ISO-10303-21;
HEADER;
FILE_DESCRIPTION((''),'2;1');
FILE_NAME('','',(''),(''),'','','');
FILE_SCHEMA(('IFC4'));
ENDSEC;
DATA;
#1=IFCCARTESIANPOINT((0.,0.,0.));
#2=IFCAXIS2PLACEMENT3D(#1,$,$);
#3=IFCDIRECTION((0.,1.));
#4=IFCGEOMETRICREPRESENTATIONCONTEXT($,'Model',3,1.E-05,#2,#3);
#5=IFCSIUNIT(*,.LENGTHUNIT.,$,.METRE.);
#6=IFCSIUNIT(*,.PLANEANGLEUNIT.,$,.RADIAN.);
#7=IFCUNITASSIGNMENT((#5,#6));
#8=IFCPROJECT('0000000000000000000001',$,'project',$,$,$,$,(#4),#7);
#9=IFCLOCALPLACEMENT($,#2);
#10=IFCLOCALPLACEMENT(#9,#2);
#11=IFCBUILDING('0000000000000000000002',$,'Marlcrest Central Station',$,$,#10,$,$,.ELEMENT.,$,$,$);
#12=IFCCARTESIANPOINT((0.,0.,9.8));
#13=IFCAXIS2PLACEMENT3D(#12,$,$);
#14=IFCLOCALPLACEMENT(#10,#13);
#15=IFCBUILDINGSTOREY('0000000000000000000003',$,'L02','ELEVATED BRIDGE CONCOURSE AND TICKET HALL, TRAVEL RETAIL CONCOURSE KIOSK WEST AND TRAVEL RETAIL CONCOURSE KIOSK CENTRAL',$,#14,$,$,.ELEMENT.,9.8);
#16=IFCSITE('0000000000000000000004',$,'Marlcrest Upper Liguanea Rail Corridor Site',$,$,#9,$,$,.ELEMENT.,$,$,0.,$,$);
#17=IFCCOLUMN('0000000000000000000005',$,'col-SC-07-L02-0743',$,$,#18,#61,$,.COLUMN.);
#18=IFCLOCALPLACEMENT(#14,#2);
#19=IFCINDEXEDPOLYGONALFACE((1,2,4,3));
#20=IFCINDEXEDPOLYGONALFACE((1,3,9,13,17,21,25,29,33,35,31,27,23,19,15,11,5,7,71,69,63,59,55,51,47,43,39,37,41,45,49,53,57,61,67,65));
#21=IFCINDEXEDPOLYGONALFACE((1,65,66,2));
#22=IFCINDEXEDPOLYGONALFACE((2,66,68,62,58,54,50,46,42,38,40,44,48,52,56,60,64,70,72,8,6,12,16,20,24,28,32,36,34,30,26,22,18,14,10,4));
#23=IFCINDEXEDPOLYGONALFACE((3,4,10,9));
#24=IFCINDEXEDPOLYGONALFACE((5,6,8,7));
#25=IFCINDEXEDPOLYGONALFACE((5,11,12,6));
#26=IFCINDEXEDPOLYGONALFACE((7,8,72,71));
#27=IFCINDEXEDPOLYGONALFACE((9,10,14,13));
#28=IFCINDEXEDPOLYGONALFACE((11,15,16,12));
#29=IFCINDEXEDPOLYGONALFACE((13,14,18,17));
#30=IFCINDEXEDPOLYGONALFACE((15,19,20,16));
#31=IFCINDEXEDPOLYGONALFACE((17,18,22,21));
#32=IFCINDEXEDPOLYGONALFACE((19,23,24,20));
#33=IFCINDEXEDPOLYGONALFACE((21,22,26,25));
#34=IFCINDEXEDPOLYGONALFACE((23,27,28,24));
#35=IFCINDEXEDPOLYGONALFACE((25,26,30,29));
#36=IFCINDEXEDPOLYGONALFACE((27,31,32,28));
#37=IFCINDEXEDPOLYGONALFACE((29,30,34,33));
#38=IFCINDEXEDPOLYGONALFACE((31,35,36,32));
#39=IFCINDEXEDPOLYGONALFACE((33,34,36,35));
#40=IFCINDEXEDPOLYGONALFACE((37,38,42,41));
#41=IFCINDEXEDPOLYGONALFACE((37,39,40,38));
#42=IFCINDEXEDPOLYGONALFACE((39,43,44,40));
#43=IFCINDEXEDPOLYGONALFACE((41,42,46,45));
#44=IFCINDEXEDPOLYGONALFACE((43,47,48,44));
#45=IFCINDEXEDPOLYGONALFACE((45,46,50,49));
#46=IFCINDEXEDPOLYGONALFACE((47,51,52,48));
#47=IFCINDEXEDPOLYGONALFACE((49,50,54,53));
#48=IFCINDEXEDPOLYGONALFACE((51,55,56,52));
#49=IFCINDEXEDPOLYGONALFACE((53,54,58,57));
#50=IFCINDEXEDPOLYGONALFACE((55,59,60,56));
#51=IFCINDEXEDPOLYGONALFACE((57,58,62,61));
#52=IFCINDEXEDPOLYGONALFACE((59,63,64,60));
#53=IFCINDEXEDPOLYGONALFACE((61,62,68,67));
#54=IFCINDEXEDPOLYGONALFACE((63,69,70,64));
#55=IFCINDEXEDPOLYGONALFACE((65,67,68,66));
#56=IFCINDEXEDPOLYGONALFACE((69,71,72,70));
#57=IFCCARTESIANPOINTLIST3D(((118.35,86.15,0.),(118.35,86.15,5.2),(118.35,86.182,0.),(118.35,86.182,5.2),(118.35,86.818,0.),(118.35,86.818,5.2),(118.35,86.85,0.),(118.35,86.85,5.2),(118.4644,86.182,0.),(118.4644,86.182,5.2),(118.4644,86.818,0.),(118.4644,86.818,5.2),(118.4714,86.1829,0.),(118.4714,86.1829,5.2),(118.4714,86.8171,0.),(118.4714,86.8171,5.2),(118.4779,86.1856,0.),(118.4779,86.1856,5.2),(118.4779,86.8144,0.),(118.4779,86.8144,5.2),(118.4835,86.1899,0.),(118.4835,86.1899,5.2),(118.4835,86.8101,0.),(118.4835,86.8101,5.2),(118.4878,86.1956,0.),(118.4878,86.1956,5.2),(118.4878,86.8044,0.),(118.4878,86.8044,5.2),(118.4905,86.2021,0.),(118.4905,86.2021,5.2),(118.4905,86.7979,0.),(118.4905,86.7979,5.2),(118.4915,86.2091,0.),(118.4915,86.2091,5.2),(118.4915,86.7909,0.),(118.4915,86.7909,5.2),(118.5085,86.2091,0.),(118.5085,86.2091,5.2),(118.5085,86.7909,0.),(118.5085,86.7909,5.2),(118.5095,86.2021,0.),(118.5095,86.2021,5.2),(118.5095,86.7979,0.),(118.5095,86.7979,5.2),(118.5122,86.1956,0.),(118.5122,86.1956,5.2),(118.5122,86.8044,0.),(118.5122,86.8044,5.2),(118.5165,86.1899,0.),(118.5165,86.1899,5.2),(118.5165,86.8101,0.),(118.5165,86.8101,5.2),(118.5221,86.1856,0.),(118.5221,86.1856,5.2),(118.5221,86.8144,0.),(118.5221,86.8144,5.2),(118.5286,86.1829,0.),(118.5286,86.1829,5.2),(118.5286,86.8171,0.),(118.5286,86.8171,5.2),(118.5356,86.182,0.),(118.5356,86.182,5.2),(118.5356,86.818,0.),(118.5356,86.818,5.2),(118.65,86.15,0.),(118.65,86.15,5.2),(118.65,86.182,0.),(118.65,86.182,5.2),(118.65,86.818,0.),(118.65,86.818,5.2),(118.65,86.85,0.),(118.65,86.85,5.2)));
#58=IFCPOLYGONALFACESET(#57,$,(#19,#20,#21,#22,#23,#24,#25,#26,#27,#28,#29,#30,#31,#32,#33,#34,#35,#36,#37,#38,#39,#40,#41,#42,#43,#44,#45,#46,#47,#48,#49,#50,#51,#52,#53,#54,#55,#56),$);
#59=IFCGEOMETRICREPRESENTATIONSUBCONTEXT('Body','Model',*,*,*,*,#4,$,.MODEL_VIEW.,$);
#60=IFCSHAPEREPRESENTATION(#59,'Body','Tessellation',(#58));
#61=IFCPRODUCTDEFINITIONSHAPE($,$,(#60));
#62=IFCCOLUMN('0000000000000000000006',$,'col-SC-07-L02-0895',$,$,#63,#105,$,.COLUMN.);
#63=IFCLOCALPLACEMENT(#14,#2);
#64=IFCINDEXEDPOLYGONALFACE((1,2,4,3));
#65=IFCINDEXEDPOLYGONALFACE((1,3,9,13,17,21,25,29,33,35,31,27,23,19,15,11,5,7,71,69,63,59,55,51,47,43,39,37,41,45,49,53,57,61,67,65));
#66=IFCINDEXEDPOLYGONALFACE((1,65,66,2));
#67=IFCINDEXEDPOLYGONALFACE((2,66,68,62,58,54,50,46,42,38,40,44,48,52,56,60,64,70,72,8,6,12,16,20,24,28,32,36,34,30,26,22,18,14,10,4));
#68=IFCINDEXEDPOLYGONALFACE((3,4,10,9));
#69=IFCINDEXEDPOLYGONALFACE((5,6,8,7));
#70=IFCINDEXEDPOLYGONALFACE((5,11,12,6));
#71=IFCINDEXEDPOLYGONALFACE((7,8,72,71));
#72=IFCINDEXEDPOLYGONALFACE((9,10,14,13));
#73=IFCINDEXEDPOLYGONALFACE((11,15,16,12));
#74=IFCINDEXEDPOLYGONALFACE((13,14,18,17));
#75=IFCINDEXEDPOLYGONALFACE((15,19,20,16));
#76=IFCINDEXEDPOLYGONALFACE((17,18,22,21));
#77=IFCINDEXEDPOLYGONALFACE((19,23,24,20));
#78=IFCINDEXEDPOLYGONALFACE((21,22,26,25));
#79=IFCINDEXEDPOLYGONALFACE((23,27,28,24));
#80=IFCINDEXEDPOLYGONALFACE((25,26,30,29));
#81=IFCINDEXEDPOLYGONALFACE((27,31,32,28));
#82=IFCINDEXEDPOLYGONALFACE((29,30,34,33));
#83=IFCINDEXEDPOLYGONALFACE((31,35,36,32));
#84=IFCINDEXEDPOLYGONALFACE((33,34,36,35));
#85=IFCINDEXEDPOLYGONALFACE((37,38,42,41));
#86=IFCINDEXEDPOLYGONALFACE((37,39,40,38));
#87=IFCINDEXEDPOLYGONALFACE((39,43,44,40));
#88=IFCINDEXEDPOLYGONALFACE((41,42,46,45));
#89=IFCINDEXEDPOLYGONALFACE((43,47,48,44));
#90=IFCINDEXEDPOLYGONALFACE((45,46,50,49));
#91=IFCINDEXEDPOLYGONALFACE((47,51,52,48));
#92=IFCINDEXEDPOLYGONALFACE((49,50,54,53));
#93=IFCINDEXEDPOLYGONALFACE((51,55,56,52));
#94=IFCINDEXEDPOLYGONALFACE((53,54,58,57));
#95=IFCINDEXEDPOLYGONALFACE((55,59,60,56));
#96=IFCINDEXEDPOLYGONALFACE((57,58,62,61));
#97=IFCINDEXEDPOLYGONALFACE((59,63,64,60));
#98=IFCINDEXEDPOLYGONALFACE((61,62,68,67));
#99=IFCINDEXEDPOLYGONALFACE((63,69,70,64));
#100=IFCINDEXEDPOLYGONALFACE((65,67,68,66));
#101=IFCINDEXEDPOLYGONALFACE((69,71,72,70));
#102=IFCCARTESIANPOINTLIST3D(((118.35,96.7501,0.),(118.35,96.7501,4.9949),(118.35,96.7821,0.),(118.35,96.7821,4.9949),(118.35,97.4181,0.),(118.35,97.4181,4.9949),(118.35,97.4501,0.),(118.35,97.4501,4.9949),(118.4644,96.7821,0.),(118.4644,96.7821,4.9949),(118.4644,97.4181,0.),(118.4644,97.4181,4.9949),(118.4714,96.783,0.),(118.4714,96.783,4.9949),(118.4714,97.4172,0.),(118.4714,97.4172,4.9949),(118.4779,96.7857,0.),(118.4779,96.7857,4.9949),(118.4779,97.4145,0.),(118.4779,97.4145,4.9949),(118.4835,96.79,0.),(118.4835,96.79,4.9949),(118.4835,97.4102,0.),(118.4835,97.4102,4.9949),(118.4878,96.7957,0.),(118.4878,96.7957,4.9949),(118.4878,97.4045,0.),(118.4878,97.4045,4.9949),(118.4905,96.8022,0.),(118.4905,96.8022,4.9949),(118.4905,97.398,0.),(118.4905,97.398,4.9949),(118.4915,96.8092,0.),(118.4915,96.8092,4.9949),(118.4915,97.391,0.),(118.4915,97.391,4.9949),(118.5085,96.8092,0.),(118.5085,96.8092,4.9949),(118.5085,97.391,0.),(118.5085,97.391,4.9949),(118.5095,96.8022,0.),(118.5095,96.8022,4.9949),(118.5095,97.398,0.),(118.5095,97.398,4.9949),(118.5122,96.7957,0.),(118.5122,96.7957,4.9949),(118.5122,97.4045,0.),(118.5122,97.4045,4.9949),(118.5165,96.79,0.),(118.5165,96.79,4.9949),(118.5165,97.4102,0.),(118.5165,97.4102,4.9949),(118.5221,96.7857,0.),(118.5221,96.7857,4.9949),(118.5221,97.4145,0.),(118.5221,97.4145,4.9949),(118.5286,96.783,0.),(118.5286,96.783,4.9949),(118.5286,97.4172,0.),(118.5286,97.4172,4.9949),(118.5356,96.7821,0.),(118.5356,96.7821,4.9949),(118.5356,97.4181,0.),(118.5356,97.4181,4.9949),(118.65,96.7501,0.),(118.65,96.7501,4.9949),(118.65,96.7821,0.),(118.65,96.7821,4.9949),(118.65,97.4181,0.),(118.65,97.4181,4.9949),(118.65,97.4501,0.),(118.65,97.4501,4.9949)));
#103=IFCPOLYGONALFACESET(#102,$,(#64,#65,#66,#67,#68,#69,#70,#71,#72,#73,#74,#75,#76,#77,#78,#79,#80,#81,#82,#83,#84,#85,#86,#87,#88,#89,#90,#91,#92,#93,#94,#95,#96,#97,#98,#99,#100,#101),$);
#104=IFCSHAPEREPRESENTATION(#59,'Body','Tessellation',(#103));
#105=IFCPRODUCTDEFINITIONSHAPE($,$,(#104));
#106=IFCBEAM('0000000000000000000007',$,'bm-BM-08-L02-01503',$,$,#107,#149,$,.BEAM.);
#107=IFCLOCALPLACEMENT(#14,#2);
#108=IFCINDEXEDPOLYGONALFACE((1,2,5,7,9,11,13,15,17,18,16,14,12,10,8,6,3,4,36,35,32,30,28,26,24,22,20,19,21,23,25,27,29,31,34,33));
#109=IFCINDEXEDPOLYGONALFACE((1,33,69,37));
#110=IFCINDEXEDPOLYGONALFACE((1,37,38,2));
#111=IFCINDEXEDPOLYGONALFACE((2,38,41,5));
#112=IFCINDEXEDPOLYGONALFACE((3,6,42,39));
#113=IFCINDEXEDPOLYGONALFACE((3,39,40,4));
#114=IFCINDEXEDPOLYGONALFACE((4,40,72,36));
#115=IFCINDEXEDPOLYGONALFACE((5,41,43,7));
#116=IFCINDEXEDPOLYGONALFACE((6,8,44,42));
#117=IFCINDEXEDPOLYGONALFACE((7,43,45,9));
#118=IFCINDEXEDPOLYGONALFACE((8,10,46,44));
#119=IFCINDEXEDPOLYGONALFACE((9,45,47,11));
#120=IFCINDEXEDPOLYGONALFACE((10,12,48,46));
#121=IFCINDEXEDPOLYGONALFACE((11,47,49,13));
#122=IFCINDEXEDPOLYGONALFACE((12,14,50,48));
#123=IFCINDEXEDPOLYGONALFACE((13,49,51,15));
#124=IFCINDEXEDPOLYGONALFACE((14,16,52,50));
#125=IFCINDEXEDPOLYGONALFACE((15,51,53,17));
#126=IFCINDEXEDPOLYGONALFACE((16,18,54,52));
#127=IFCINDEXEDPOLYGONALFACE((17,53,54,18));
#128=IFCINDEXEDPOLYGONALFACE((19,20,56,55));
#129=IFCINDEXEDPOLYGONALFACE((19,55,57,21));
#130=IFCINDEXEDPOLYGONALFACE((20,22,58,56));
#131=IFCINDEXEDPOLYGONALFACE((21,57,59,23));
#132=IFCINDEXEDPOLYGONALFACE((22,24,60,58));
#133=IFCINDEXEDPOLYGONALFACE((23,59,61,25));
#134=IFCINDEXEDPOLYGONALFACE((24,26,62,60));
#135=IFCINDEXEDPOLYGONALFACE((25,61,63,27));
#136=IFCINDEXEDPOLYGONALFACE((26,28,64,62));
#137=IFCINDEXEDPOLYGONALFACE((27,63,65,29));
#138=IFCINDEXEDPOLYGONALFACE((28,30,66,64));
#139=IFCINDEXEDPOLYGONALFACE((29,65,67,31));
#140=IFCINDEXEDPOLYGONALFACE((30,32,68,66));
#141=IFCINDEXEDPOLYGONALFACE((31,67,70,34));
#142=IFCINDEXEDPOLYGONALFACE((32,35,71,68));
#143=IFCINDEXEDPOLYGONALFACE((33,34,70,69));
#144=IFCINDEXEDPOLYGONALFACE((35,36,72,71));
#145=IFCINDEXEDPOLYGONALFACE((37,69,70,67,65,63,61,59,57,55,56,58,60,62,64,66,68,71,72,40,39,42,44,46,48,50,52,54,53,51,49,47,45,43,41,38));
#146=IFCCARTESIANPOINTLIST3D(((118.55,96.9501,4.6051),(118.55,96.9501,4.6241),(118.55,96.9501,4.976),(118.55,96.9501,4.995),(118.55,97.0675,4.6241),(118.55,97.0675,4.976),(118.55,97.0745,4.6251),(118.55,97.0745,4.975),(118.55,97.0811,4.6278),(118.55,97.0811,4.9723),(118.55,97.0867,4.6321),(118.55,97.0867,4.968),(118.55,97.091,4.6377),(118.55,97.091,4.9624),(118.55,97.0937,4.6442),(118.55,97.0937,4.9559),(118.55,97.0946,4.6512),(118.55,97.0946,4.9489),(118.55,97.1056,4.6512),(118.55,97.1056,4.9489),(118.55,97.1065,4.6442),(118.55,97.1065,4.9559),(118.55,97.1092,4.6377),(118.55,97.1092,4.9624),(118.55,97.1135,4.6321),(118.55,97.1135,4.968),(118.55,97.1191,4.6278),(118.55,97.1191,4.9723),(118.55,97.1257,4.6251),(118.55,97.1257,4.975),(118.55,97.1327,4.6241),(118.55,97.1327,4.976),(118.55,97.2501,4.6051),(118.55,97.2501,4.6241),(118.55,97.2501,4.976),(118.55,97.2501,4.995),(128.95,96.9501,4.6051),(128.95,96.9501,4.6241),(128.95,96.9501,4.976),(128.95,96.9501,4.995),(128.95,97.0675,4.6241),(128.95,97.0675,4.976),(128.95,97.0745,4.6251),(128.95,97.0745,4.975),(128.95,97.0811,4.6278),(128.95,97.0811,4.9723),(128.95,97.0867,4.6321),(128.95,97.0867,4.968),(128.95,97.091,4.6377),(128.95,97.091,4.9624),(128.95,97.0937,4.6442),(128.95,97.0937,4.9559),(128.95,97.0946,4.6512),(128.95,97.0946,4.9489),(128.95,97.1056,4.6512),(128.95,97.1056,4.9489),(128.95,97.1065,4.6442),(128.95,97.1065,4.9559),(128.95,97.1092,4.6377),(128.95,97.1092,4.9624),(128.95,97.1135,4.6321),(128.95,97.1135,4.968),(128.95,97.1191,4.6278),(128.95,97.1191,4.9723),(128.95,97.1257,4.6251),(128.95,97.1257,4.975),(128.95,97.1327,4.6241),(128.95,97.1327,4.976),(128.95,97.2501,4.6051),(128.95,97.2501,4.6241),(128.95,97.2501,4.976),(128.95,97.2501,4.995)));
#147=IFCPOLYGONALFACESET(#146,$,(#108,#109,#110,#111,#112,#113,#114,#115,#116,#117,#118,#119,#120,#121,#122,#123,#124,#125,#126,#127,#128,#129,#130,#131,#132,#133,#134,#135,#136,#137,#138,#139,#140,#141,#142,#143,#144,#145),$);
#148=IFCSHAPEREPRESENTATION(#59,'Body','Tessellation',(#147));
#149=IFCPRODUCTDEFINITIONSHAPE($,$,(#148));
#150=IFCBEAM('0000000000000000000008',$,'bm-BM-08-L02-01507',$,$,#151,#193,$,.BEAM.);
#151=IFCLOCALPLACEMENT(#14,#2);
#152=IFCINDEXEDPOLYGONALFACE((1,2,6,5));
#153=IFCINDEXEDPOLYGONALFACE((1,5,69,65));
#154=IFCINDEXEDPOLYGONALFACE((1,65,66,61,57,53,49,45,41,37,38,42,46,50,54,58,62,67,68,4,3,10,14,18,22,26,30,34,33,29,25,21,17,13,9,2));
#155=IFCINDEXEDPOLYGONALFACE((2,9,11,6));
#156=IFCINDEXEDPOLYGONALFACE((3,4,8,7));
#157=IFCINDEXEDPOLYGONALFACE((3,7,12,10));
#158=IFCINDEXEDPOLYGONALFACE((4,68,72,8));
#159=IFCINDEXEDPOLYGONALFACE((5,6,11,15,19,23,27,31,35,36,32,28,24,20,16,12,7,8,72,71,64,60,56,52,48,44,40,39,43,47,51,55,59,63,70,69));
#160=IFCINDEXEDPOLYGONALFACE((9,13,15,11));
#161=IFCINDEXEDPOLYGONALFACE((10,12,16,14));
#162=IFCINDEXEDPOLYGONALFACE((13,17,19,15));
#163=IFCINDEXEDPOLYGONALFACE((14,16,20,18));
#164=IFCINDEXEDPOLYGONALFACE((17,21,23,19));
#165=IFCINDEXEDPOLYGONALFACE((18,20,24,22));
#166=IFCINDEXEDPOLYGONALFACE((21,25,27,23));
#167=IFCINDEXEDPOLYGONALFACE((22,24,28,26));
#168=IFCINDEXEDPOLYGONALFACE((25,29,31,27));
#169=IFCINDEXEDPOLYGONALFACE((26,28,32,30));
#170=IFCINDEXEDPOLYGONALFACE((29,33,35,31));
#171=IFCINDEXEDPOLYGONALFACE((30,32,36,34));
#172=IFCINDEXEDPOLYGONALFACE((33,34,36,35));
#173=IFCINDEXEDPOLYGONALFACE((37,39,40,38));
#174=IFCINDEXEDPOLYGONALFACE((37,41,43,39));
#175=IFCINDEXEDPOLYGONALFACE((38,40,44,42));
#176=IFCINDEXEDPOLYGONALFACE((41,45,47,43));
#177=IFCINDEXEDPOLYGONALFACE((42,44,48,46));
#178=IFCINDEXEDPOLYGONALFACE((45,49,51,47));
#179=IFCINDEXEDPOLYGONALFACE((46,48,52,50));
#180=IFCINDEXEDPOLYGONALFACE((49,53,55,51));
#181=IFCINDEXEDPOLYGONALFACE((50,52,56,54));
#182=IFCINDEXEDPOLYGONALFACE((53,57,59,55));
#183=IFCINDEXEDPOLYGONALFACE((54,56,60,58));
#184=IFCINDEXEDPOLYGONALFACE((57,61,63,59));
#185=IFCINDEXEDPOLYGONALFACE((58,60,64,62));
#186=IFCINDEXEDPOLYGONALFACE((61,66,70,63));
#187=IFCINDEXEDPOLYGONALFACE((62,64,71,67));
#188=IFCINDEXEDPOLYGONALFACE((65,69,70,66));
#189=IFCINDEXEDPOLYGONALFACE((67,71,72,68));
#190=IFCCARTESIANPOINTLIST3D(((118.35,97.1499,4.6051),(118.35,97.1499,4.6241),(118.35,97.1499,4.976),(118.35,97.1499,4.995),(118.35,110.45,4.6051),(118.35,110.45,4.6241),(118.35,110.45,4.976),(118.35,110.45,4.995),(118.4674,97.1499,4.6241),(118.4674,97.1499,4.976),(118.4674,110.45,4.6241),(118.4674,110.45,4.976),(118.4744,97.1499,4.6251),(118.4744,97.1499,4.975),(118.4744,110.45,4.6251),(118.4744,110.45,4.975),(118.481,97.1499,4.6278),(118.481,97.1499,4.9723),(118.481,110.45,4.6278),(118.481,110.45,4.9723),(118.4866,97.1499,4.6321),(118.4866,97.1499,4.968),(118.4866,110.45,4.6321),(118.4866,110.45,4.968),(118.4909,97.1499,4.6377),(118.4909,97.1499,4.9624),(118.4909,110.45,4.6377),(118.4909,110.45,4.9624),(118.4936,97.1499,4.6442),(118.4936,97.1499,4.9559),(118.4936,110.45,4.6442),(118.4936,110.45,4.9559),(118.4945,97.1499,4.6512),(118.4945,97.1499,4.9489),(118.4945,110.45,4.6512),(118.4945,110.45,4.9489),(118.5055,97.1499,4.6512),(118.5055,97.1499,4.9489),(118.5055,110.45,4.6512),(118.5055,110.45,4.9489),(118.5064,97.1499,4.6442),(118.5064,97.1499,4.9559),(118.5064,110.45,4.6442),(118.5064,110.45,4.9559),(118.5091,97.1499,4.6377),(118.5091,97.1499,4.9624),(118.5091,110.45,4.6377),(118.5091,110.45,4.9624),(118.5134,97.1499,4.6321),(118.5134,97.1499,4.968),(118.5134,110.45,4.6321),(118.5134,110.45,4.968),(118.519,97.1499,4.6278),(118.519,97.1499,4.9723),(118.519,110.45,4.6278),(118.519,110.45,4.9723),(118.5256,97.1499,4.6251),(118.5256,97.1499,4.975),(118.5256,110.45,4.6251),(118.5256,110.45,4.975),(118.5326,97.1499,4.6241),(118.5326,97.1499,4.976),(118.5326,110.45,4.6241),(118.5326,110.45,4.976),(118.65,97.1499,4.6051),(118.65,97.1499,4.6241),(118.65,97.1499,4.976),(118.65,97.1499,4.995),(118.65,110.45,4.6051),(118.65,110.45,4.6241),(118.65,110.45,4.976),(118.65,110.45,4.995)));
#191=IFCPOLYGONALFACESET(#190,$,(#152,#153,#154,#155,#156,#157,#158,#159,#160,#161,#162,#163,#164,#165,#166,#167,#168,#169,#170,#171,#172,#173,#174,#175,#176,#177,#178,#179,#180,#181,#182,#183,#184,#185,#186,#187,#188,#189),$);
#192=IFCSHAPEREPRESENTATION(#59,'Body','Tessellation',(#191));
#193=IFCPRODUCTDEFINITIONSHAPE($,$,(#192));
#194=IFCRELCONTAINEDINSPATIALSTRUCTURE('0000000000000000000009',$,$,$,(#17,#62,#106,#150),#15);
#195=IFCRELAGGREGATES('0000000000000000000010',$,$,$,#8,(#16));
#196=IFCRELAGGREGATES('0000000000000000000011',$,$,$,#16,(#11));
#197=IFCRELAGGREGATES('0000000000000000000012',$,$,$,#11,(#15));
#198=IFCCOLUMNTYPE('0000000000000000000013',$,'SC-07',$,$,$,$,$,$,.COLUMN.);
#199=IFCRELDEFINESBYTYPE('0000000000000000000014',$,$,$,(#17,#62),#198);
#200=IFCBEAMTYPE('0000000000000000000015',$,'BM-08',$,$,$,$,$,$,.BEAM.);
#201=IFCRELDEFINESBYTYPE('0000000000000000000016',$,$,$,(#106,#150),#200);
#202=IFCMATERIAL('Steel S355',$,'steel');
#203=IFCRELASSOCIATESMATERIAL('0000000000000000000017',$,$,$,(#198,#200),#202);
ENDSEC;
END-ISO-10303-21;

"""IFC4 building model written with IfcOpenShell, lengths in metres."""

from ifc_helpers import new_model, si_unit, direction, frame, origin, origin_2d, place, context, subcontext, project, spatial, i_section, extrude, material, material_profile, profile_set, type_object, element, save


model = new_model("IFC4")

# Units and contexts
model_context = context("Model", 3, precision=1e-05, world=origin(), true_north=direction((0.0, 1.0)))
body_context = subcontext(model_context, "Body", "Model", "MODEL_VIEW")
ifc_project = project(units=[si_unit("LENGTHUNIT", "METRE"), si_unit("PLANEANGLEUNIT", "RADIAN")], contexts=[model_context])

# Site, building, storey
site_placement = place(None, origin())
site = spatial("IfcSite", under=ifc_project, at=site_placement, Name="Marlcrest Upper Liguanea Rail Corridor Site", CompositionType="ELEMENT", RefElevation=0.0)
building_placement = place(site_placement, origin())
building = spatial("IfcBuilding", under=site, at=building_placement, Name="Marlcrest Central Station", CompositionType="ELEMENT")
storey_placement = place(building_placement, frame((0.0, 0.0, 9.8)))
storey = spatial("IfcBuildingStorey", under=building, at=storey_placement, Name="L02", Description="ELEVATED BRIDGE CONCOURSE AND TICKET HALL, TRAVEL RETAIL CONCOURSE KIOSK WEST AND TRAVEL RETAIL CONCOURSE KIOSK CENTRAL", CompositionType="ELEMENT", Elevation=9.8)

# Columns
ifc_material_1 = material(Name="Steel S355", Category="steel")
ifc_material_profile_1 = material_profile(ifc_material_1, i_section(OverallWidth=0.3, OverallDepth=0.7, WebThickness=0.0171, FlangeThickness=0.032, FilletRadius=0.0271, at=origin_2d()), Name="HEB 700")
ifc_profile_set_1 = profile_set([ifc_material_profile_1], Name="Steel S355")
column_type = type_object("IfcColumnType", Name="SC-07", PredefinedType="COLUMN", material=ifc_profile_set_1)
column_1_placement = place(storey_placement, frame((118.5, 86.5, 0.0), z_axis=(0.0, 0.0, 1.0), x_axis=(1.0, 0.0, 0.0)))
element("IfcColumn", 1, at=column_1_placement, inside=storey, type_object=column_type, Name="col-SC-07-L02-0743", PredefinedType="COLUMN", context=body_context, shape_type="SweptSolid", body=[
    extrude(i_section(OverallWidth=0.3, OverallDepth=0.7, WebThickness=0.0171, FlangeThickness=0.032, FilletRadius=0.0271, at=origin_2d()), origin(), (0.0, 0.0, 1.0), 5.2),
])
column_2_placement = place(storey_placement, frame((118.5, 97.1001, 0.0), z_axis=(0.0, 0.0, 1.0), x_axis=(1.0, 0.0, 0.0)))
element("IfcColumn", 2, at=column_2_placement, inside=storey, type_object=column_type, Name="col-SC-07-L02-0895", PredefinedType="COLUMN", context=body_context, shape_type="SweptSolid", body=[
    extrude(i_section(OverallWidth=0.3, OverallDepth=0.7, WebThickness=0.0171, FlangeThickness=0.032, FilletRadius=0.0271, at=origin_2d()), origin(), (0.0, 0.0, 1.0), 4.9949),
])

# Beams
ifc_material_profile_2 = material_profile(ifc_material_1, i_section(OverallWidth=0.3, OverallDepth=0.3899, WebThickness=0.011, FlangeThickness=0.019, FilletRadius=0.0271, at=origin_2d()), Name="HEA 400")
ifc_profile_set_2 = profile_set([ifc_material_profile_2], Name="Steel S355")
beam_type_1 = type_object("IfcBeamType", Name="BM-08", PredefinedType="BEAM", material=ifc_profile_set_2)
beam_1_placement = place(storey_placement, frame((118.55, 97.1001, 4.8), z_axis=(1.0, 0.0, 0.0), x_axis=(0.0, 1.0, 0.0)))
element("IfcBeam", 3, at=beam_1_placement, inside=storey, type_object=beam_type_1, Name="bm-BM-08-L02-01503", PredefinedType="BEAM", context=body_context, shape_type="SweptSolid", body=[
    extrude(i_section(OverallWidth=0.3, OverallDepth=0.3899, WebThickness=0.011, FlangeThickness=0.019, FilletRadius=0.0271, at=origin_2d()), origin(), (0.0, 0.0, 1.0), 10.3999),
])
beam_2_placement = place(storey_placement, frame((118.5, 97.1499, 4.8), z_axis=(0.0, 1.0, 0.0), x_axis=(-1.0, 0.0, 0.0)))
element("IfcBeam", 4, at=beam_2_placement, inside=storey, type_object=beam_type_1, Name="bm-BM-08-L02-01507", PredefinedType="BEAM", context=body_context, shape_type="SweptSolid", body=[
    extrude(i_section(OverallWidth=0.3, OverallDepth=0.3899, WebThickness=0.011, FlangeThickness=0.019, FilletRadius=0.0271, at=origin_2d()), origin(), (0.0, 0.0, 1.0), 13.3),
])

save(model, "model.ifc")
